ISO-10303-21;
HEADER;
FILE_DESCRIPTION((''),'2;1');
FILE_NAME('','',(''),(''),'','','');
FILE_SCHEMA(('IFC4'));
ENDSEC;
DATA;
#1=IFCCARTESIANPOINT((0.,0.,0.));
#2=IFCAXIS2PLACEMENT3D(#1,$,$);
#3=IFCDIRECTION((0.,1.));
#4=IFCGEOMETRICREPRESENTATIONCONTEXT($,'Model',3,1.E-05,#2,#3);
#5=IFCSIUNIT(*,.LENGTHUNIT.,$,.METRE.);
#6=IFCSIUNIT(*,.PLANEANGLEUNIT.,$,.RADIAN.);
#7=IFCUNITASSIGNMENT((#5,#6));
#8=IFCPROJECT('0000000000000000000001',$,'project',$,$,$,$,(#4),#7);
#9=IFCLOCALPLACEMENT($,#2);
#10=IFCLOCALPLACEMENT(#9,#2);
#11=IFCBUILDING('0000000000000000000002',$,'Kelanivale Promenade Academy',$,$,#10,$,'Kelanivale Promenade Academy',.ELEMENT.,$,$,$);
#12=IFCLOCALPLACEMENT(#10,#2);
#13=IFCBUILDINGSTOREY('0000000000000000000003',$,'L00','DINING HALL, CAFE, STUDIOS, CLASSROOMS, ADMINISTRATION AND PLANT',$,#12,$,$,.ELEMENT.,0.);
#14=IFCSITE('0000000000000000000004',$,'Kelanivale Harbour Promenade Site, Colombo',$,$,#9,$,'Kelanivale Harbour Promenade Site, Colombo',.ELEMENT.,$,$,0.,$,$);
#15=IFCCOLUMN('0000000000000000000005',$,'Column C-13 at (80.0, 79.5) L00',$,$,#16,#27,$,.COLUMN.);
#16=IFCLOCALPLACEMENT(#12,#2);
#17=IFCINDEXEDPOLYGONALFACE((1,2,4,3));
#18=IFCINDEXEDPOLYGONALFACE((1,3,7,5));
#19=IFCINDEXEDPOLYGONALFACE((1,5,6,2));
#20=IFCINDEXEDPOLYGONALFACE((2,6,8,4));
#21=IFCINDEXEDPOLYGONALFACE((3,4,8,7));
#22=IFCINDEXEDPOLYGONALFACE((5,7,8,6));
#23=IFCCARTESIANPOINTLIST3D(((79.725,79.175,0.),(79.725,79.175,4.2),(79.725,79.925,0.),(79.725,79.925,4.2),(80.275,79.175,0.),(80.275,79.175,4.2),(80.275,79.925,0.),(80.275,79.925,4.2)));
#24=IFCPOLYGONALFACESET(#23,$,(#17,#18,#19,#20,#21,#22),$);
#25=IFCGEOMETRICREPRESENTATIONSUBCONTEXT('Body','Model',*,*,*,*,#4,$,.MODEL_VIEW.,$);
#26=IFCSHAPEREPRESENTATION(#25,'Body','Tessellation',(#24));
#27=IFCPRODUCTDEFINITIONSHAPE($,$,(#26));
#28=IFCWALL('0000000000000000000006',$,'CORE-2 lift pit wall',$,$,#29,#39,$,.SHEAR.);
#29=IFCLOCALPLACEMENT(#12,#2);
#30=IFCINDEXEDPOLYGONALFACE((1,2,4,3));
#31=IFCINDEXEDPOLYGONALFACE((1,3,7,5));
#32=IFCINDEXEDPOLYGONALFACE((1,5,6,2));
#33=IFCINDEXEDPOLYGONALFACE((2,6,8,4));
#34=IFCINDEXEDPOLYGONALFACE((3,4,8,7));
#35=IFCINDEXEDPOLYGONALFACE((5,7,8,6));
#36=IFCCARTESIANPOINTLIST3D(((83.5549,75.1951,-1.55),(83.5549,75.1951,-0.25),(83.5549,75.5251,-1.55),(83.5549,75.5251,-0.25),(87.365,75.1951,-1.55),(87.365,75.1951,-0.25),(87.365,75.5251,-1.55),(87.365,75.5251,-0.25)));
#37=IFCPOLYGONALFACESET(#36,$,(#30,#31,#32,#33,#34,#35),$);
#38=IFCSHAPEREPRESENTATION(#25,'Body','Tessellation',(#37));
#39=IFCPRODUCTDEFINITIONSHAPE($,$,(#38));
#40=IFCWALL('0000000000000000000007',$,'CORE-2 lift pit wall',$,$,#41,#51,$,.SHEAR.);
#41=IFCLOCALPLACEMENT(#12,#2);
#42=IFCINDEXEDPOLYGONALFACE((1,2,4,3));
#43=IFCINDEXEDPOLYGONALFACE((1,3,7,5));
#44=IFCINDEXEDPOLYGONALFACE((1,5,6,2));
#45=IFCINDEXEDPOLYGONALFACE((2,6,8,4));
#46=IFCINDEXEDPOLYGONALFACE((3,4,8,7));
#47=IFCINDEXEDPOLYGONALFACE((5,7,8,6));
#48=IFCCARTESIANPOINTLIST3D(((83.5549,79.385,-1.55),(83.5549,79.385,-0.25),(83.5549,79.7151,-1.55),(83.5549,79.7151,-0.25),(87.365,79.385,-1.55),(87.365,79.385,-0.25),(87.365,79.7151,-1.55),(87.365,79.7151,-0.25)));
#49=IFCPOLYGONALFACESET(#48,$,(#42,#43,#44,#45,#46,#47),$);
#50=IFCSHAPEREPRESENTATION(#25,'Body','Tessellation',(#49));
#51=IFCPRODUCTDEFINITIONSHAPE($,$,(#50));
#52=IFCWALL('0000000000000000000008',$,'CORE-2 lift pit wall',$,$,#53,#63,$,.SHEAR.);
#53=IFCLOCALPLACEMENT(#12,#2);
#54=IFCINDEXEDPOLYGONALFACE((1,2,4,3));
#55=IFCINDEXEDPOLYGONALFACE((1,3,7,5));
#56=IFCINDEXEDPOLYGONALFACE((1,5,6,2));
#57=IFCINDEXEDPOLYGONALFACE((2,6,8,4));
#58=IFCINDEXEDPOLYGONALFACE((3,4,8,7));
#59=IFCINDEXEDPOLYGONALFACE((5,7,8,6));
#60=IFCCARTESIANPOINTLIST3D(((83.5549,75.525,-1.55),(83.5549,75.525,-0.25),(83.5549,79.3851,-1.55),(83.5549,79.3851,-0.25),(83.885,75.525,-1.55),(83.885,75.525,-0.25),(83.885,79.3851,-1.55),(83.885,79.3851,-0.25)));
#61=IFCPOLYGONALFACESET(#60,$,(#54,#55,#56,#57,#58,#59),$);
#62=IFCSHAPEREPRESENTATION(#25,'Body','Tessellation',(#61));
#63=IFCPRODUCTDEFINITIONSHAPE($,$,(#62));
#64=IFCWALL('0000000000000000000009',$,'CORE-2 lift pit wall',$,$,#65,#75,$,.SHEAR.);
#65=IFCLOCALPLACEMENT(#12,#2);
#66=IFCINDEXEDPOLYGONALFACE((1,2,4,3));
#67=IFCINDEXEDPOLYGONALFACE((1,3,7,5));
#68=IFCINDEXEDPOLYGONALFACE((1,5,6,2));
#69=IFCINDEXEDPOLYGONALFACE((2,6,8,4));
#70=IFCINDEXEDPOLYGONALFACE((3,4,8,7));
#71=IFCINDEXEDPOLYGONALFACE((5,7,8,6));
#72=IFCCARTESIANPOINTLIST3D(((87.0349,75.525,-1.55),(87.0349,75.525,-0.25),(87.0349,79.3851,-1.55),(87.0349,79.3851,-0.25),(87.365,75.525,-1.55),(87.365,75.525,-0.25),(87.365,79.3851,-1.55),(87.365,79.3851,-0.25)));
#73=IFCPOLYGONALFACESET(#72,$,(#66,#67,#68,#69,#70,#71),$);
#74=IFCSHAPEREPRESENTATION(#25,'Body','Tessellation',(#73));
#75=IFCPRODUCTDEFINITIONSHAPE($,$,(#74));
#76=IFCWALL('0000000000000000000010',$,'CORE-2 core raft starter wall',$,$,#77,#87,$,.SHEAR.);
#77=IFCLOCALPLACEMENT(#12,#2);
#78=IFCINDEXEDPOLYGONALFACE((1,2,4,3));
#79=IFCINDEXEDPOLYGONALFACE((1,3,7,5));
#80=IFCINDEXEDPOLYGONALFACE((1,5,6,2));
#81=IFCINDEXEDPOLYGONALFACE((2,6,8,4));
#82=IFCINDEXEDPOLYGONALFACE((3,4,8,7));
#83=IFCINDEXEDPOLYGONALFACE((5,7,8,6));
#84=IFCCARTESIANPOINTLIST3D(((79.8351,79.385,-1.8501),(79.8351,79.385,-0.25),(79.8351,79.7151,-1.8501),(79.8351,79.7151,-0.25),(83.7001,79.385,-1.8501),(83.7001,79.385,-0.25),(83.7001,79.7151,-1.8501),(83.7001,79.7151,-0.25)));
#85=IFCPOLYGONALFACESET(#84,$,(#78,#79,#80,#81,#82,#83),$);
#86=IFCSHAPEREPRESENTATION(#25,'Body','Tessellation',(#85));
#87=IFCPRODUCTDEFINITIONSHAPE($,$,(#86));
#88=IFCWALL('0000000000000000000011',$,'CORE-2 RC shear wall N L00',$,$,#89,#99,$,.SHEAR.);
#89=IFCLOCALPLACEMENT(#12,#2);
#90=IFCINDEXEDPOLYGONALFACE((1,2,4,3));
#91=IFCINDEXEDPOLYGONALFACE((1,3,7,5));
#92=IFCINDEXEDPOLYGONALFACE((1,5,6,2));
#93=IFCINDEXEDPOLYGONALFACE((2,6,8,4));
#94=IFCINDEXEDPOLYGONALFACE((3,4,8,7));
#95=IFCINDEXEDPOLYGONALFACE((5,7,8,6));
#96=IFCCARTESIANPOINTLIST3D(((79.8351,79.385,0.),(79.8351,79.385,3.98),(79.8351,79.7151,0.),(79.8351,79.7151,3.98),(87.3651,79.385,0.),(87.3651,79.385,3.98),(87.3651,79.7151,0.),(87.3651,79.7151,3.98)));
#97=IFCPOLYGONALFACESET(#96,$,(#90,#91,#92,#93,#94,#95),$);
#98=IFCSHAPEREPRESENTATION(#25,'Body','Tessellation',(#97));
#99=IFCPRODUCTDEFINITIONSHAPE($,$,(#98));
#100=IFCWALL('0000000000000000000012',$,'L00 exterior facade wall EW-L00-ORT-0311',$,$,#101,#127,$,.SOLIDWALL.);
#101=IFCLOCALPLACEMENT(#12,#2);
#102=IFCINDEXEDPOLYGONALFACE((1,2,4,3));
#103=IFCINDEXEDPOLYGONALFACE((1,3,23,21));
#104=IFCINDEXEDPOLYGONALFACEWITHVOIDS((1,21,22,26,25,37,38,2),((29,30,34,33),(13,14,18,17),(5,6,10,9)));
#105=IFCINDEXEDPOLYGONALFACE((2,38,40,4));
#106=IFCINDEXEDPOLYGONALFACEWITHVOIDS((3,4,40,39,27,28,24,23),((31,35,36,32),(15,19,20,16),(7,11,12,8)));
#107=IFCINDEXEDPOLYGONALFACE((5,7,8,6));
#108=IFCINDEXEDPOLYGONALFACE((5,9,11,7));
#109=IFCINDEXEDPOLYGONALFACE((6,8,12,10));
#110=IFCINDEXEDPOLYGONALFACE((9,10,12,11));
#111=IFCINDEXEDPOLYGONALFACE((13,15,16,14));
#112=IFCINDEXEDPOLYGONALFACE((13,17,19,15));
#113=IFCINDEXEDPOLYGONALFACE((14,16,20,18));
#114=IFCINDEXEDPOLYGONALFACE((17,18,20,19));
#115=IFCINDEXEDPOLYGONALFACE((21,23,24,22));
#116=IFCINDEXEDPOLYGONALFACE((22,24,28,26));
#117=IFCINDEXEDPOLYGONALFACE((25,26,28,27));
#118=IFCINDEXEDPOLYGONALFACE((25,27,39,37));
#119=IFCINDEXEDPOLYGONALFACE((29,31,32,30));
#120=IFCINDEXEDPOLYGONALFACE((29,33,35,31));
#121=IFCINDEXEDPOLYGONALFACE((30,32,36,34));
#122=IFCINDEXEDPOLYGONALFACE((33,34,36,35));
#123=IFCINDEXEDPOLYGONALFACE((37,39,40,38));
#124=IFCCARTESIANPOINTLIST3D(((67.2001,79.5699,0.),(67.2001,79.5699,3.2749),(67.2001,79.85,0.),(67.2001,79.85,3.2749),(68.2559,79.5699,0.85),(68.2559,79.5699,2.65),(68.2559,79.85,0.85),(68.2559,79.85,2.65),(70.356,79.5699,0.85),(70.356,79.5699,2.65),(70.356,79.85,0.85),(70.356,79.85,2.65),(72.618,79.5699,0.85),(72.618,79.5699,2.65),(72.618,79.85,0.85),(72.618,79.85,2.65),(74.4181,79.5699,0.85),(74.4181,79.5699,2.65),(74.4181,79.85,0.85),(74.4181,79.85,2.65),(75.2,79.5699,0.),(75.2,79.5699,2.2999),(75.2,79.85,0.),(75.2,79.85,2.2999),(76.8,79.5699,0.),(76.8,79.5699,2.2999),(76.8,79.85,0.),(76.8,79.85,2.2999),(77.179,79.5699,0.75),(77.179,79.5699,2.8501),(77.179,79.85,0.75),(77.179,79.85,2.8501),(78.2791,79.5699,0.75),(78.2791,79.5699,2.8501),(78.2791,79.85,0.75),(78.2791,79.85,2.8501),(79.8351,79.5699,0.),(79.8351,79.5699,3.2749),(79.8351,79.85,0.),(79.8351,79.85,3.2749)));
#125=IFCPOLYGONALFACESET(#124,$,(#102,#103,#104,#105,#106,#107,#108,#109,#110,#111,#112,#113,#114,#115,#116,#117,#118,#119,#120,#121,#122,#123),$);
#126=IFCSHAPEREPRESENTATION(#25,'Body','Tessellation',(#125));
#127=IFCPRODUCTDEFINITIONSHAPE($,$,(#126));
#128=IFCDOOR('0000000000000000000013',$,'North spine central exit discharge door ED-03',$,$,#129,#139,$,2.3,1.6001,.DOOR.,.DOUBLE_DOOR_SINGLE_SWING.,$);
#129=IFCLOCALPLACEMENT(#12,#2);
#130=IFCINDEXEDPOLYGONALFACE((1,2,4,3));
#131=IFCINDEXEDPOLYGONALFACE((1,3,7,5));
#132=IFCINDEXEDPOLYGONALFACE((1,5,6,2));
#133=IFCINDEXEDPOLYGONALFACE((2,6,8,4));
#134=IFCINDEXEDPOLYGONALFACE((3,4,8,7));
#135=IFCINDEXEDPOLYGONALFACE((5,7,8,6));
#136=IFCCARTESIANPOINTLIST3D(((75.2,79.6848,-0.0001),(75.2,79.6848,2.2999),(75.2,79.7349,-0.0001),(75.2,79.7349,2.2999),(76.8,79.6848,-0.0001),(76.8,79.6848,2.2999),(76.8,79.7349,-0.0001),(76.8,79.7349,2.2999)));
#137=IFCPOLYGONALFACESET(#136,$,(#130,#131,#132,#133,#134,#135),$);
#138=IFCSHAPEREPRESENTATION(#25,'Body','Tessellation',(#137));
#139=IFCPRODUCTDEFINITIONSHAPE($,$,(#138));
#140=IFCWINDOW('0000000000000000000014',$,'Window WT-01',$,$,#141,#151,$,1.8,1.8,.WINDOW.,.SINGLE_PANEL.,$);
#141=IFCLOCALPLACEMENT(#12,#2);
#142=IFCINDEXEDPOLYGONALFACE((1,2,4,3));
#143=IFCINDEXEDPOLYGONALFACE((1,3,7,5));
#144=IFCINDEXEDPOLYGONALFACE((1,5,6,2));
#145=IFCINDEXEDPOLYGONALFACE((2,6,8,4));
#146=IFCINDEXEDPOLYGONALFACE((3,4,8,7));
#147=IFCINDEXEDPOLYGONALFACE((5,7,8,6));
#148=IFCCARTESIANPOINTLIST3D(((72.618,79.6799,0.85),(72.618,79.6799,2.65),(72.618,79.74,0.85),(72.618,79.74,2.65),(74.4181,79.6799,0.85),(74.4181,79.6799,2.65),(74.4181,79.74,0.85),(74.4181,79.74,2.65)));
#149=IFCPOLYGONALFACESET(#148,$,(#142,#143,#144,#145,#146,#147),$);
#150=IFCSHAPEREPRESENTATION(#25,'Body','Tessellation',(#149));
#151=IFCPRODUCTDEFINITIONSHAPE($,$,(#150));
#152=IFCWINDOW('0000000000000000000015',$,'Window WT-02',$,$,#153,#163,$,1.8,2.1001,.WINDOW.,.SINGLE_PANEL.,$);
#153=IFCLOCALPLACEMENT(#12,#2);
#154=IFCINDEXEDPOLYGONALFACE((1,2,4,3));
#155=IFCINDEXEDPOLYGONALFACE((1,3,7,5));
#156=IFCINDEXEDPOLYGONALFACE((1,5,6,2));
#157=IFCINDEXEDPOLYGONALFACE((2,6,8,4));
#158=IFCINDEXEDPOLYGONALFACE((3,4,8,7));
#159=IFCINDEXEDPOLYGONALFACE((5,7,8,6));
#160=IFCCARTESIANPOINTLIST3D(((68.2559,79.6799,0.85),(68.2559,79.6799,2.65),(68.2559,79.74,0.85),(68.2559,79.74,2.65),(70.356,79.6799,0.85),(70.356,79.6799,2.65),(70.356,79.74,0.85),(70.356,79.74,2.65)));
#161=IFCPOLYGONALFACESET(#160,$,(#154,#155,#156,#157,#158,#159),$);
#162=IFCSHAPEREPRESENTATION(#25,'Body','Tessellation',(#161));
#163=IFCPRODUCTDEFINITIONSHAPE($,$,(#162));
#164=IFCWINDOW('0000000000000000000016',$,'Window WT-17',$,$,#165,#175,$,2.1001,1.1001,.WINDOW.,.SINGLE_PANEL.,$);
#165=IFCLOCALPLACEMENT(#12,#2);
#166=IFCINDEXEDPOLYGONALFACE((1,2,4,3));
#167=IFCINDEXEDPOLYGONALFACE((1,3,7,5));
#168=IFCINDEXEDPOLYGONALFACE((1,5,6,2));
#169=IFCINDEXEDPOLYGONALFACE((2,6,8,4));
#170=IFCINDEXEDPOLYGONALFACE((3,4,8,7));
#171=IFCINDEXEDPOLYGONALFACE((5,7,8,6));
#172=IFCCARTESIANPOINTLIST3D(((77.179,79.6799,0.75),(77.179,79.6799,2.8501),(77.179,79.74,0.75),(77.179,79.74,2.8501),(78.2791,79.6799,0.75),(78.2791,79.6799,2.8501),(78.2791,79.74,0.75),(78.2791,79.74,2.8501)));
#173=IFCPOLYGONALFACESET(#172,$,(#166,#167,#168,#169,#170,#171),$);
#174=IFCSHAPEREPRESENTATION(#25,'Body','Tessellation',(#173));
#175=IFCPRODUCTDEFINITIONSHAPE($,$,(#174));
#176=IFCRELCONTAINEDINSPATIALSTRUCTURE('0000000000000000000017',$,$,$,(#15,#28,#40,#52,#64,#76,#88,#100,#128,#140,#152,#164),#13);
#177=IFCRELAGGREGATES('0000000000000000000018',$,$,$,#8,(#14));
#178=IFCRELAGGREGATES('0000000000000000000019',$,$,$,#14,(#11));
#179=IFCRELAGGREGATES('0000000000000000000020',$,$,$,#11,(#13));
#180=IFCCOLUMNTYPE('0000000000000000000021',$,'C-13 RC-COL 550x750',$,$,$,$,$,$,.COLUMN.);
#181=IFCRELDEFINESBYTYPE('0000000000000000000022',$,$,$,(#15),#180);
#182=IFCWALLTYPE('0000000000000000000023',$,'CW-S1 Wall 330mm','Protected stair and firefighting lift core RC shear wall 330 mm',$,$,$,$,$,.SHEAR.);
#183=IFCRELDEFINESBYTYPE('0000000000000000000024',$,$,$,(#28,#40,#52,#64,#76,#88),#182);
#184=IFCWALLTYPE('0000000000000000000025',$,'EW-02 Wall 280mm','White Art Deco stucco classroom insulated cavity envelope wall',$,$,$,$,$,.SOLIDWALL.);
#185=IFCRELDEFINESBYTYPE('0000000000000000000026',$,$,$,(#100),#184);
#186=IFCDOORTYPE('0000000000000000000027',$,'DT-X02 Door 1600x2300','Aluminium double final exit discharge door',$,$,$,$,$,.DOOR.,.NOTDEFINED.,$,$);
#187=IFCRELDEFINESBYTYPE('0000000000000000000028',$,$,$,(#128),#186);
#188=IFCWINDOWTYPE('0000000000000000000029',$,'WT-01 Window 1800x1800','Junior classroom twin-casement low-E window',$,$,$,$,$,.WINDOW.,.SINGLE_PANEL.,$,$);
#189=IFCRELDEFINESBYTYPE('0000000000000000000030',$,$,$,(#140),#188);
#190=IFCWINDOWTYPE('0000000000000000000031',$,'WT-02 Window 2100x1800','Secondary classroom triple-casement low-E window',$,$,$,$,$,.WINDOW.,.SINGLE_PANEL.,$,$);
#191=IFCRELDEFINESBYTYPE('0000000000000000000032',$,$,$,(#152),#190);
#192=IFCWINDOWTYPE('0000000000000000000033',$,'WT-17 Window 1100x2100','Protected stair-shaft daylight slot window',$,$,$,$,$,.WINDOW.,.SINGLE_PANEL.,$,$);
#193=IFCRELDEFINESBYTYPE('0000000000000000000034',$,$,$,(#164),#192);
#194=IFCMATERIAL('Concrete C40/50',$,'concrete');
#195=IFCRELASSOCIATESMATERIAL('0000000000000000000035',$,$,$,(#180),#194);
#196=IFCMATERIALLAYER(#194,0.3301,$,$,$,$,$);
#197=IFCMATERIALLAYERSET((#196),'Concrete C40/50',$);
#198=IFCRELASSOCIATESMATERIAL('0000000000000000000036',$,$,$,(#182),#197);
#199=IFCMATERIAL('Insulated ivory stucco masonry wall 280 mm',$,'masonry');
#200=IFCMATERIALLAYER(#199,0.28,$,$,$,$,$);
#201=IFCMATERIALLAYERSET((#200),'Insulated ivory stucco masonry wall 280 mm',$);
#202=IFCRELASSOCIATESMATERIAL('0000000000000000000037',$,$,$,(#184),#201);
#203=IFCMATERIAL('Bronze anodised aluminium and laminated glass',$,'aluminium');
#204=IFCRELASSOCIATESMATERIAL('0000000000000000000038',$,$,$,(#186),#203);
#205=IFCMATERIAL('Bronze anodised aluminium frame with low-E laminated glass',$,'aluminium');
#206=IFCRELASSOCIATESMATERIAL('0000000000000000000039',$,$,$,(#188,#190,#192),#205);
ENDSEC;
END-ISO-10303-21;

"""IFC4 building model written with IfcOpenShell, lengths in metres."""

from ifc_helpers import new_model, si_unit, direction, frame, frame_2d, origin, origin_2d, place, context, subcontext, project, spatial, rectangle, extrude, material, layer, layer_set, material_profile, profile_set, type_object, element, fill, save


model = new_model("IFC4")

# Units and contexts
model_context = context("Model", 3, precision=1e-05, world=origin(), true_north=direction((0.0, 1.0)))
body_context = subcontext(model_context, "Body", "Model", "MODEL_VIEW")
ifc_project = project(units=[si_unit("LENGTHUNIT", "METRE"), si_unit("PLANEANGLEUNIT", "RADIAN")], contexts=[model_context])

# Site, building, storey
site_placement = place(None, origin())
site = spatial("IfcSite", under=ifc_project, at=site_placement, Name="Kelanivale Harbour Promenade Site, Colombo", LongName="Kelanivale Harbour Promenade Site, Colombo", CompositionType="ELEMENT", RefElevation=0.0)
building_placement = place(site_placement, origin())
building = spatial("IfcBuilding", under=site, at=building_placement, Name="Kelanivale Promenade Academy", LongName="Kelanivale Promenade Academy", CompositionType="ELEMENT")
storey_placement = place(building_placement, origin())
storey = spatial("IfcBuildingStorey", under=building, at=storey_placement, Name="L00", Description="DINING HALL, CAFE, STUDIOS, CLASSROOMS, ADMINISTRATION AND PLANT", CompositionType="ELEMENT", Elevation=0.0)

# Column
ifc_material_1 = material(Name="Concrete C40/50", Category="concrete")
ifc_material_profile_1 = material_profile(ifc_material_1, rectangle(XDim=0.55, YDim=0.75, at=origin_2d()), Name="RC-COL 550x750")
ifc_profile_set_1 = profile_set([ifc_material_profile_1], Name="Concrete C40/50")
column_type_1 = type_object("IfcColumnType", Name="C-13 RC-COL 550x750", PredefinedType="COLUMN", material=ifc_profile_set_1)
column_1_placement = place(storey_placement, frame((80.0, 79.55, 0.0), z_axis=(0.0, 0.0, 1.0), x_axis=(1.0, 0.0, 0.0)))
element("IfcColumn", 1, at=column_1_placement, inside=storey, type_object=column_type_1, Name="Column C-13 at (80.0, 79.5) L00", PredefinedType="COLUMN", context=body_context, shape_type="SweptSolid", body=[
    extrude(rectangle(XDim=0.55, YDim=0.75, at=origin_2d()), origin(), (0.0, 0.0, 1.0), 4.2),
])

# Walls
ifc_layer_1 = layer(ifc_material_1, 0.3301)
ifc_layer_set_1 = layer_set([ifc_layer_1], Name="Concrete C40/50")
wall_type_1 = type_object("IfcWallType", Name="CW-S1 Wall 330mm", Description="Protected stair and firefighting lift core RC shear wall 330 mm", PredefinedType="SHEAR", material=ifc_layer_set_1)
for number, where, z_axis, x_axis, name in (
    (2, (83.5549, 75.3601, -1.55), (0.0, 0.0, 1.0), (1.0, 0.0, 0.0), "CORE-2 lift pit wall"),
    (3, (83.5549, 79.55, -1.55), (0.0, 0.0, 1.0), (1.0, 0.0, 0.0), "CORE-2 lift pit wall"),
):
    element("IfcWall", number, at=place(storey_placement, frame(where, z_axis=z_axis, x_axis=x_axis)), inside=storey, type_object=wall_type_1, Name=name, PredefinedType="SHEAR", context=body_context, shape_type="SweptSolid", body=[
        extrude(rectangle(XDim=3.8101, YDim=0.3301, at=frame_2d((1.905, 0.0))), origin(), (0.0, 0.0, 1.0), 1.3),
    ])
for number, where, z_axis, x_axis, name in (
    (4, (83.72, 75.5249, -1.55), (0.0, 0.0, 1.0), (0.0, 1.0, 0.0), "CORE-2 lift pit wall"),
    (5, (87.2, 75.5249, -1.55), (0.0, 0.0, 1.0), (0.0, 1.0, 0.0), "CORE-2 lift pit wall"),
):
    element("IfcWall", number, at=place(storey_placement, frame(where, z_axis=z_axis, x_axis=x_axis)), inside=storey, type_object=wall_type_1, Name=name, PredefinedType="SHEAR", context=body_context, shape_type="SweptSolid", body=[
        extrude(rectangle(XDim=3.8601, YDim=0.3301, at=frame_2d((1.9302, 0.0))), origin(), (0.0, 0.0, 1.0), 1.3),
    ])
wall_1_placement = place(storey_placement, frame((79.835, 79.55, -1.8501), z_axis=(0.0, 0.0, 1.0), x_axis=(1.0, 0.0, 0.0)))
element("IfcWall", 6, at=wall_1_placement, inside=storey, type_object=wall_type_1, Name="CORE-2 core raft starter wall", PredefinedType="SHEAR", context=body_context, shape_type="SweptSolid", body=[
    extrude(rectangle(XDim=3.865, YDim=0.3301, at=frame_2d((1.9326, 0.0))), origin(), (0.0, 0.0, 1.0), 1.6001),
])
wall_2_placement = place(storey_placement, frame((79.835, 79.55, 0.0), z_axis=(0.0, 0.0, 1.0), x_axis=(1.0, 0.0, 0.0)))
element("IfcWall", 7, at=wall_2_placement, inside=storey, type_object=wall_type_1, Name="CORE-2 RC shear wall N L00", PredefinedType="SHEAR", context=body_context, shape_type="SweptSolid", body=[
    extrude(rectangle(XDim=7.53, YDim=0.3301, at=frame_2d((3.7651, 0.0))), origin(), (0.0, 0.0, 1.0), 3.98),
])

# Wall, openings, door, windows
ifc_material_2 = material(Name="Insulated ivory stucco masonry wall 280 mm", Category="masonry")
ifc_layer_2 = layer(ifc_material_2, 0.28)
ifc_layer_set_2 = layer_set([ifc_layer_2], Name="Insulated ivory stucco masonry wall 280 mm")
wall_type_2 = type_object("IfcWallType", Name="EW-02 Wall 280mm", Description="White Art Deco stucco classroom insulated cavity envelope wall", PredefinedType="SOLIDWALL", material=ifc_layer_set_2)
wall_3_placement = place(storey_placement, frame((79.835, 79.71, 0.0), z_axis=(0.0, 0.0, 1.0), x_axis=(-1.0, 0.0, 0.0)))
wall_3 = element("IfcWall", 8, at=wall_3_placement, inside=storey, type_object=wall_type_2, Name="L00 exterior facade wall EW-L00-ORT-0311", PredefinedType="SOLIDWALL", context=body_context, shape_type="SweptSolid", body=[
    extrude(rectangle(XDim=12.635, YDim=0.28, at=frame_2d((6.3174, 0.0))), origin(), (0.0, 0.0, 1.0), 3.2749),
])
opening_1_placement = place(wall_3_placement, frame((3.0349, 0.0, 0.0)))
opening_1 = element("IfcOpeningElement", 9, at=opening_1_placement, cuts=wall_3, PredefinedType="OPENING", context=body_context, shape_type="SweptSolid", body=[
    extrude(rectangle(XDim=1.6001, YDim=2.3, at=frame_2d((0.8, 1.1499))), frame((0.0, 0.1499, 0.0), z_axis=(0.0, -1.0, 0.0), x_axis=(1.0, 0.0, 0.0)), (0.0, 0.0, 1.0), 0.3),
])
opening_2_placement = place(wall_3_placement, frame((1.5559, 0.0, 0.75)))
opening_2 = element("IfcOpeningElement", 10, at=opening_2_placement, cuts=wall_3, PredefinedType="OPENING", context=body_context, shape_type="SweptSolid", body=[
    extrude(rectangle(XDim=1.1001, YDim=2.1001, at=frame_2d((0.55, 1.05))), frame((0.0, 0.1499, 0.0), z_axis=(0.0, -1.0, 0.0), x_axis=(1.0, 0.0, 0.0)), (0.0, 0.0, 1.0), 0.3),
])
opening_3_placement = place(wall_3_placement, frame((5.417, 0.0, 0.8501)))
opening_3 = element("IfcOpeningElement", 11, at=opening_3_placement, cuts=wall_3, PredefinedType="OPENING", context=body_context, shape_type="SweptSolid", body=[
    extrude(rectangle(XDim=1.8, YDim=1.8, at=frame_2d((0.8999, 0.8999))), frame((0.0, 0.1499, 0.0), z_axis=(0.0, -1.0, 0.0), x_axis=(1.0, 0.0, 0.0)), (0.0, 0.0, 1.0), 0.3),
])
opening_4_placement = place(wall_3_placement, frame((9.479, 0.0, 0.8501)))
opening_4 = element("IfcOpeningElement", 12, at=opening_4_placement, cuts=wall_3, PredefinedType="OPENING", context=body_context, shape_type="SweptSolid", body=[
    extrude(rectangle(XDim=2.1001, YDim=1.8, at=frame_2d((1.05, 0.8999))), frame((0.0, 0.1499, 0.0), z_axis=(0.0, -1.0, 0.0), x_axis=(1.0, 0.0, 0.0)), (0.0, 0.0, 1.0), 0.3),
])
ifc_material_3 = material(Name="Bronze anodised aluminium and laminated glass", Category="aluminium")
door_type_1 = type_object("IfcDoorType", Name="DT-X02 Door 1600x2300", Description="Aluminium double final exit discharge door", OperationType="NOTDEFINED", PredefinedType="DOOR", material=ifc_material_3)
door_1_placement = place(opening_1_placement, frame((1.6001, 0.0, 0.0), z_axis=(0.0, 0.0, 1.0), x_axis=(-1.0, 0.0, 0.0)))
door_1 = element("IfcDoor", 13, at=door_1_placement, inside=storey, type_object=door_type_1, Name="North spine central exit discharge door ED-03", OperationType="DOUBLE_DOOR_SINGLE_SWING", OverallHeight=2.3, OverallWidth=1.6001, PredefinedType="DOOR", context=body_context, shape_type="SweptSolid", body=[
    extrude(rectangle(XDim=1.6001, YDim=2.3, at=frame_2d((0.8, 1.1499))), frame((0.0, 0.0249, 0.0), z_axis=(0.0, -1.0, 0.0), x_axis=(1.0, 0.0, 0.0)), (0.0, 0.0, 1.0), 0.05),
])
fill(opening_1, door_1)
ifc_material_4 = material(Name="Bronze anodised aluminium frame with low-E laminated glass", Category="aluminium")
window_type_1 = type_object("IfcWindowType", Name="WT-01 Window 1800x1800", Description="Junior classroom twin-casement low-E window", PartitioningType="SINGLE_PANEL", PredefinedType="WINDOW", material=ifc_material_4)
window_1_placement = place(opening_3_placement, origin())
window_1 = element("IfcWindow", 14, at=window_1_placement, inside=storey, type_object=window_type_1, Name="Window WT-01", OverallHeight=1.8, OverallWidth=1.8, PartitioningType="SINGLE_PANEL", PredefinedType="WINDOW", context=body_context, shape_type="SweptSolid", body=[
    extrude(rectangle(XDim=1.8, YDim=1.8, at=frame_2d((0.8999, 0.8999))), frame((0.0, 0.03, 0.0), z_axis=(0.0, -1.0, 0.0), x_axis=(1.0, 0.0, 0.0)), (0.0, 0.0, 1.0), 0.0601),
])
fill(opening_3, window_1)
window_type_2 = type_object("IfcWindowType", Name="WT-02 Window 2100x1800", Description="Secondary classroom triple-casement low-E window", PartitioningType="SINGLE_PANEL", PredefinedType="WINDOW", material=ifc_material_4)
window_2_placement = place(opening_4_placement, origin())
window_2 = element("IfcWindow", 15, at=window_2_placement, inside=storey, type_object=window_type_2, Name="Window WT-02", OverallHeight=1.8, OverallWidth=2.1001, PartitioningType="SINGLE_PANEL", PredefinedType="WINDOW", context=body_context, shape_type="SweptSolid", body=[
    extrude(rectangle(XDim=2.1001, YDim=1.8, at=frame_2d((1.05, 0.8999))), frame((0.0, 0.03, 0.0), z_axis=(0.0, -1.0, 0.0), x_axis=(1.0, 0.0, 0.0)), (0.0, 0.0, 1.0), 0.0601),
])
fill(opening_4, window_2)
window_type_3 = type_object("IfcWindowType", Name="WT-17 Window 1100x2100", Description="Protected stair-shaft daylight slot window", PartitioningType="SINGLE_PANEL", PredefinedType="WINDOW", material=ifc_material_4)
window_3_placement = place(opening_2_placement, origin())
window_3 = element("IfcWindow", 16, at=window_3_placement, inside=storey, type_object=window_type_3, Name="Window WT-17", OverallHeight=2.1001, OverallWidth=1.1001, PartitioningType="SINGLE_PANEL", PredefinedType="WINDOW", context=body_context, shape_type="SweptSolid", body=[
    extrude(rectangle(XDim=1.1001, YDim=2.1001, at=frame_2d((0.55, 1.05))), frame((0.0, 0.03, 0.0), z_axis=(0.0, -1.0, 0.0), x_axis=(1.0, 0.0, 0.0)), (0.0, 0.0, 1.0), 0.0601),
])
fill(opening_2, window_3)

save(model, "model.ifc")
